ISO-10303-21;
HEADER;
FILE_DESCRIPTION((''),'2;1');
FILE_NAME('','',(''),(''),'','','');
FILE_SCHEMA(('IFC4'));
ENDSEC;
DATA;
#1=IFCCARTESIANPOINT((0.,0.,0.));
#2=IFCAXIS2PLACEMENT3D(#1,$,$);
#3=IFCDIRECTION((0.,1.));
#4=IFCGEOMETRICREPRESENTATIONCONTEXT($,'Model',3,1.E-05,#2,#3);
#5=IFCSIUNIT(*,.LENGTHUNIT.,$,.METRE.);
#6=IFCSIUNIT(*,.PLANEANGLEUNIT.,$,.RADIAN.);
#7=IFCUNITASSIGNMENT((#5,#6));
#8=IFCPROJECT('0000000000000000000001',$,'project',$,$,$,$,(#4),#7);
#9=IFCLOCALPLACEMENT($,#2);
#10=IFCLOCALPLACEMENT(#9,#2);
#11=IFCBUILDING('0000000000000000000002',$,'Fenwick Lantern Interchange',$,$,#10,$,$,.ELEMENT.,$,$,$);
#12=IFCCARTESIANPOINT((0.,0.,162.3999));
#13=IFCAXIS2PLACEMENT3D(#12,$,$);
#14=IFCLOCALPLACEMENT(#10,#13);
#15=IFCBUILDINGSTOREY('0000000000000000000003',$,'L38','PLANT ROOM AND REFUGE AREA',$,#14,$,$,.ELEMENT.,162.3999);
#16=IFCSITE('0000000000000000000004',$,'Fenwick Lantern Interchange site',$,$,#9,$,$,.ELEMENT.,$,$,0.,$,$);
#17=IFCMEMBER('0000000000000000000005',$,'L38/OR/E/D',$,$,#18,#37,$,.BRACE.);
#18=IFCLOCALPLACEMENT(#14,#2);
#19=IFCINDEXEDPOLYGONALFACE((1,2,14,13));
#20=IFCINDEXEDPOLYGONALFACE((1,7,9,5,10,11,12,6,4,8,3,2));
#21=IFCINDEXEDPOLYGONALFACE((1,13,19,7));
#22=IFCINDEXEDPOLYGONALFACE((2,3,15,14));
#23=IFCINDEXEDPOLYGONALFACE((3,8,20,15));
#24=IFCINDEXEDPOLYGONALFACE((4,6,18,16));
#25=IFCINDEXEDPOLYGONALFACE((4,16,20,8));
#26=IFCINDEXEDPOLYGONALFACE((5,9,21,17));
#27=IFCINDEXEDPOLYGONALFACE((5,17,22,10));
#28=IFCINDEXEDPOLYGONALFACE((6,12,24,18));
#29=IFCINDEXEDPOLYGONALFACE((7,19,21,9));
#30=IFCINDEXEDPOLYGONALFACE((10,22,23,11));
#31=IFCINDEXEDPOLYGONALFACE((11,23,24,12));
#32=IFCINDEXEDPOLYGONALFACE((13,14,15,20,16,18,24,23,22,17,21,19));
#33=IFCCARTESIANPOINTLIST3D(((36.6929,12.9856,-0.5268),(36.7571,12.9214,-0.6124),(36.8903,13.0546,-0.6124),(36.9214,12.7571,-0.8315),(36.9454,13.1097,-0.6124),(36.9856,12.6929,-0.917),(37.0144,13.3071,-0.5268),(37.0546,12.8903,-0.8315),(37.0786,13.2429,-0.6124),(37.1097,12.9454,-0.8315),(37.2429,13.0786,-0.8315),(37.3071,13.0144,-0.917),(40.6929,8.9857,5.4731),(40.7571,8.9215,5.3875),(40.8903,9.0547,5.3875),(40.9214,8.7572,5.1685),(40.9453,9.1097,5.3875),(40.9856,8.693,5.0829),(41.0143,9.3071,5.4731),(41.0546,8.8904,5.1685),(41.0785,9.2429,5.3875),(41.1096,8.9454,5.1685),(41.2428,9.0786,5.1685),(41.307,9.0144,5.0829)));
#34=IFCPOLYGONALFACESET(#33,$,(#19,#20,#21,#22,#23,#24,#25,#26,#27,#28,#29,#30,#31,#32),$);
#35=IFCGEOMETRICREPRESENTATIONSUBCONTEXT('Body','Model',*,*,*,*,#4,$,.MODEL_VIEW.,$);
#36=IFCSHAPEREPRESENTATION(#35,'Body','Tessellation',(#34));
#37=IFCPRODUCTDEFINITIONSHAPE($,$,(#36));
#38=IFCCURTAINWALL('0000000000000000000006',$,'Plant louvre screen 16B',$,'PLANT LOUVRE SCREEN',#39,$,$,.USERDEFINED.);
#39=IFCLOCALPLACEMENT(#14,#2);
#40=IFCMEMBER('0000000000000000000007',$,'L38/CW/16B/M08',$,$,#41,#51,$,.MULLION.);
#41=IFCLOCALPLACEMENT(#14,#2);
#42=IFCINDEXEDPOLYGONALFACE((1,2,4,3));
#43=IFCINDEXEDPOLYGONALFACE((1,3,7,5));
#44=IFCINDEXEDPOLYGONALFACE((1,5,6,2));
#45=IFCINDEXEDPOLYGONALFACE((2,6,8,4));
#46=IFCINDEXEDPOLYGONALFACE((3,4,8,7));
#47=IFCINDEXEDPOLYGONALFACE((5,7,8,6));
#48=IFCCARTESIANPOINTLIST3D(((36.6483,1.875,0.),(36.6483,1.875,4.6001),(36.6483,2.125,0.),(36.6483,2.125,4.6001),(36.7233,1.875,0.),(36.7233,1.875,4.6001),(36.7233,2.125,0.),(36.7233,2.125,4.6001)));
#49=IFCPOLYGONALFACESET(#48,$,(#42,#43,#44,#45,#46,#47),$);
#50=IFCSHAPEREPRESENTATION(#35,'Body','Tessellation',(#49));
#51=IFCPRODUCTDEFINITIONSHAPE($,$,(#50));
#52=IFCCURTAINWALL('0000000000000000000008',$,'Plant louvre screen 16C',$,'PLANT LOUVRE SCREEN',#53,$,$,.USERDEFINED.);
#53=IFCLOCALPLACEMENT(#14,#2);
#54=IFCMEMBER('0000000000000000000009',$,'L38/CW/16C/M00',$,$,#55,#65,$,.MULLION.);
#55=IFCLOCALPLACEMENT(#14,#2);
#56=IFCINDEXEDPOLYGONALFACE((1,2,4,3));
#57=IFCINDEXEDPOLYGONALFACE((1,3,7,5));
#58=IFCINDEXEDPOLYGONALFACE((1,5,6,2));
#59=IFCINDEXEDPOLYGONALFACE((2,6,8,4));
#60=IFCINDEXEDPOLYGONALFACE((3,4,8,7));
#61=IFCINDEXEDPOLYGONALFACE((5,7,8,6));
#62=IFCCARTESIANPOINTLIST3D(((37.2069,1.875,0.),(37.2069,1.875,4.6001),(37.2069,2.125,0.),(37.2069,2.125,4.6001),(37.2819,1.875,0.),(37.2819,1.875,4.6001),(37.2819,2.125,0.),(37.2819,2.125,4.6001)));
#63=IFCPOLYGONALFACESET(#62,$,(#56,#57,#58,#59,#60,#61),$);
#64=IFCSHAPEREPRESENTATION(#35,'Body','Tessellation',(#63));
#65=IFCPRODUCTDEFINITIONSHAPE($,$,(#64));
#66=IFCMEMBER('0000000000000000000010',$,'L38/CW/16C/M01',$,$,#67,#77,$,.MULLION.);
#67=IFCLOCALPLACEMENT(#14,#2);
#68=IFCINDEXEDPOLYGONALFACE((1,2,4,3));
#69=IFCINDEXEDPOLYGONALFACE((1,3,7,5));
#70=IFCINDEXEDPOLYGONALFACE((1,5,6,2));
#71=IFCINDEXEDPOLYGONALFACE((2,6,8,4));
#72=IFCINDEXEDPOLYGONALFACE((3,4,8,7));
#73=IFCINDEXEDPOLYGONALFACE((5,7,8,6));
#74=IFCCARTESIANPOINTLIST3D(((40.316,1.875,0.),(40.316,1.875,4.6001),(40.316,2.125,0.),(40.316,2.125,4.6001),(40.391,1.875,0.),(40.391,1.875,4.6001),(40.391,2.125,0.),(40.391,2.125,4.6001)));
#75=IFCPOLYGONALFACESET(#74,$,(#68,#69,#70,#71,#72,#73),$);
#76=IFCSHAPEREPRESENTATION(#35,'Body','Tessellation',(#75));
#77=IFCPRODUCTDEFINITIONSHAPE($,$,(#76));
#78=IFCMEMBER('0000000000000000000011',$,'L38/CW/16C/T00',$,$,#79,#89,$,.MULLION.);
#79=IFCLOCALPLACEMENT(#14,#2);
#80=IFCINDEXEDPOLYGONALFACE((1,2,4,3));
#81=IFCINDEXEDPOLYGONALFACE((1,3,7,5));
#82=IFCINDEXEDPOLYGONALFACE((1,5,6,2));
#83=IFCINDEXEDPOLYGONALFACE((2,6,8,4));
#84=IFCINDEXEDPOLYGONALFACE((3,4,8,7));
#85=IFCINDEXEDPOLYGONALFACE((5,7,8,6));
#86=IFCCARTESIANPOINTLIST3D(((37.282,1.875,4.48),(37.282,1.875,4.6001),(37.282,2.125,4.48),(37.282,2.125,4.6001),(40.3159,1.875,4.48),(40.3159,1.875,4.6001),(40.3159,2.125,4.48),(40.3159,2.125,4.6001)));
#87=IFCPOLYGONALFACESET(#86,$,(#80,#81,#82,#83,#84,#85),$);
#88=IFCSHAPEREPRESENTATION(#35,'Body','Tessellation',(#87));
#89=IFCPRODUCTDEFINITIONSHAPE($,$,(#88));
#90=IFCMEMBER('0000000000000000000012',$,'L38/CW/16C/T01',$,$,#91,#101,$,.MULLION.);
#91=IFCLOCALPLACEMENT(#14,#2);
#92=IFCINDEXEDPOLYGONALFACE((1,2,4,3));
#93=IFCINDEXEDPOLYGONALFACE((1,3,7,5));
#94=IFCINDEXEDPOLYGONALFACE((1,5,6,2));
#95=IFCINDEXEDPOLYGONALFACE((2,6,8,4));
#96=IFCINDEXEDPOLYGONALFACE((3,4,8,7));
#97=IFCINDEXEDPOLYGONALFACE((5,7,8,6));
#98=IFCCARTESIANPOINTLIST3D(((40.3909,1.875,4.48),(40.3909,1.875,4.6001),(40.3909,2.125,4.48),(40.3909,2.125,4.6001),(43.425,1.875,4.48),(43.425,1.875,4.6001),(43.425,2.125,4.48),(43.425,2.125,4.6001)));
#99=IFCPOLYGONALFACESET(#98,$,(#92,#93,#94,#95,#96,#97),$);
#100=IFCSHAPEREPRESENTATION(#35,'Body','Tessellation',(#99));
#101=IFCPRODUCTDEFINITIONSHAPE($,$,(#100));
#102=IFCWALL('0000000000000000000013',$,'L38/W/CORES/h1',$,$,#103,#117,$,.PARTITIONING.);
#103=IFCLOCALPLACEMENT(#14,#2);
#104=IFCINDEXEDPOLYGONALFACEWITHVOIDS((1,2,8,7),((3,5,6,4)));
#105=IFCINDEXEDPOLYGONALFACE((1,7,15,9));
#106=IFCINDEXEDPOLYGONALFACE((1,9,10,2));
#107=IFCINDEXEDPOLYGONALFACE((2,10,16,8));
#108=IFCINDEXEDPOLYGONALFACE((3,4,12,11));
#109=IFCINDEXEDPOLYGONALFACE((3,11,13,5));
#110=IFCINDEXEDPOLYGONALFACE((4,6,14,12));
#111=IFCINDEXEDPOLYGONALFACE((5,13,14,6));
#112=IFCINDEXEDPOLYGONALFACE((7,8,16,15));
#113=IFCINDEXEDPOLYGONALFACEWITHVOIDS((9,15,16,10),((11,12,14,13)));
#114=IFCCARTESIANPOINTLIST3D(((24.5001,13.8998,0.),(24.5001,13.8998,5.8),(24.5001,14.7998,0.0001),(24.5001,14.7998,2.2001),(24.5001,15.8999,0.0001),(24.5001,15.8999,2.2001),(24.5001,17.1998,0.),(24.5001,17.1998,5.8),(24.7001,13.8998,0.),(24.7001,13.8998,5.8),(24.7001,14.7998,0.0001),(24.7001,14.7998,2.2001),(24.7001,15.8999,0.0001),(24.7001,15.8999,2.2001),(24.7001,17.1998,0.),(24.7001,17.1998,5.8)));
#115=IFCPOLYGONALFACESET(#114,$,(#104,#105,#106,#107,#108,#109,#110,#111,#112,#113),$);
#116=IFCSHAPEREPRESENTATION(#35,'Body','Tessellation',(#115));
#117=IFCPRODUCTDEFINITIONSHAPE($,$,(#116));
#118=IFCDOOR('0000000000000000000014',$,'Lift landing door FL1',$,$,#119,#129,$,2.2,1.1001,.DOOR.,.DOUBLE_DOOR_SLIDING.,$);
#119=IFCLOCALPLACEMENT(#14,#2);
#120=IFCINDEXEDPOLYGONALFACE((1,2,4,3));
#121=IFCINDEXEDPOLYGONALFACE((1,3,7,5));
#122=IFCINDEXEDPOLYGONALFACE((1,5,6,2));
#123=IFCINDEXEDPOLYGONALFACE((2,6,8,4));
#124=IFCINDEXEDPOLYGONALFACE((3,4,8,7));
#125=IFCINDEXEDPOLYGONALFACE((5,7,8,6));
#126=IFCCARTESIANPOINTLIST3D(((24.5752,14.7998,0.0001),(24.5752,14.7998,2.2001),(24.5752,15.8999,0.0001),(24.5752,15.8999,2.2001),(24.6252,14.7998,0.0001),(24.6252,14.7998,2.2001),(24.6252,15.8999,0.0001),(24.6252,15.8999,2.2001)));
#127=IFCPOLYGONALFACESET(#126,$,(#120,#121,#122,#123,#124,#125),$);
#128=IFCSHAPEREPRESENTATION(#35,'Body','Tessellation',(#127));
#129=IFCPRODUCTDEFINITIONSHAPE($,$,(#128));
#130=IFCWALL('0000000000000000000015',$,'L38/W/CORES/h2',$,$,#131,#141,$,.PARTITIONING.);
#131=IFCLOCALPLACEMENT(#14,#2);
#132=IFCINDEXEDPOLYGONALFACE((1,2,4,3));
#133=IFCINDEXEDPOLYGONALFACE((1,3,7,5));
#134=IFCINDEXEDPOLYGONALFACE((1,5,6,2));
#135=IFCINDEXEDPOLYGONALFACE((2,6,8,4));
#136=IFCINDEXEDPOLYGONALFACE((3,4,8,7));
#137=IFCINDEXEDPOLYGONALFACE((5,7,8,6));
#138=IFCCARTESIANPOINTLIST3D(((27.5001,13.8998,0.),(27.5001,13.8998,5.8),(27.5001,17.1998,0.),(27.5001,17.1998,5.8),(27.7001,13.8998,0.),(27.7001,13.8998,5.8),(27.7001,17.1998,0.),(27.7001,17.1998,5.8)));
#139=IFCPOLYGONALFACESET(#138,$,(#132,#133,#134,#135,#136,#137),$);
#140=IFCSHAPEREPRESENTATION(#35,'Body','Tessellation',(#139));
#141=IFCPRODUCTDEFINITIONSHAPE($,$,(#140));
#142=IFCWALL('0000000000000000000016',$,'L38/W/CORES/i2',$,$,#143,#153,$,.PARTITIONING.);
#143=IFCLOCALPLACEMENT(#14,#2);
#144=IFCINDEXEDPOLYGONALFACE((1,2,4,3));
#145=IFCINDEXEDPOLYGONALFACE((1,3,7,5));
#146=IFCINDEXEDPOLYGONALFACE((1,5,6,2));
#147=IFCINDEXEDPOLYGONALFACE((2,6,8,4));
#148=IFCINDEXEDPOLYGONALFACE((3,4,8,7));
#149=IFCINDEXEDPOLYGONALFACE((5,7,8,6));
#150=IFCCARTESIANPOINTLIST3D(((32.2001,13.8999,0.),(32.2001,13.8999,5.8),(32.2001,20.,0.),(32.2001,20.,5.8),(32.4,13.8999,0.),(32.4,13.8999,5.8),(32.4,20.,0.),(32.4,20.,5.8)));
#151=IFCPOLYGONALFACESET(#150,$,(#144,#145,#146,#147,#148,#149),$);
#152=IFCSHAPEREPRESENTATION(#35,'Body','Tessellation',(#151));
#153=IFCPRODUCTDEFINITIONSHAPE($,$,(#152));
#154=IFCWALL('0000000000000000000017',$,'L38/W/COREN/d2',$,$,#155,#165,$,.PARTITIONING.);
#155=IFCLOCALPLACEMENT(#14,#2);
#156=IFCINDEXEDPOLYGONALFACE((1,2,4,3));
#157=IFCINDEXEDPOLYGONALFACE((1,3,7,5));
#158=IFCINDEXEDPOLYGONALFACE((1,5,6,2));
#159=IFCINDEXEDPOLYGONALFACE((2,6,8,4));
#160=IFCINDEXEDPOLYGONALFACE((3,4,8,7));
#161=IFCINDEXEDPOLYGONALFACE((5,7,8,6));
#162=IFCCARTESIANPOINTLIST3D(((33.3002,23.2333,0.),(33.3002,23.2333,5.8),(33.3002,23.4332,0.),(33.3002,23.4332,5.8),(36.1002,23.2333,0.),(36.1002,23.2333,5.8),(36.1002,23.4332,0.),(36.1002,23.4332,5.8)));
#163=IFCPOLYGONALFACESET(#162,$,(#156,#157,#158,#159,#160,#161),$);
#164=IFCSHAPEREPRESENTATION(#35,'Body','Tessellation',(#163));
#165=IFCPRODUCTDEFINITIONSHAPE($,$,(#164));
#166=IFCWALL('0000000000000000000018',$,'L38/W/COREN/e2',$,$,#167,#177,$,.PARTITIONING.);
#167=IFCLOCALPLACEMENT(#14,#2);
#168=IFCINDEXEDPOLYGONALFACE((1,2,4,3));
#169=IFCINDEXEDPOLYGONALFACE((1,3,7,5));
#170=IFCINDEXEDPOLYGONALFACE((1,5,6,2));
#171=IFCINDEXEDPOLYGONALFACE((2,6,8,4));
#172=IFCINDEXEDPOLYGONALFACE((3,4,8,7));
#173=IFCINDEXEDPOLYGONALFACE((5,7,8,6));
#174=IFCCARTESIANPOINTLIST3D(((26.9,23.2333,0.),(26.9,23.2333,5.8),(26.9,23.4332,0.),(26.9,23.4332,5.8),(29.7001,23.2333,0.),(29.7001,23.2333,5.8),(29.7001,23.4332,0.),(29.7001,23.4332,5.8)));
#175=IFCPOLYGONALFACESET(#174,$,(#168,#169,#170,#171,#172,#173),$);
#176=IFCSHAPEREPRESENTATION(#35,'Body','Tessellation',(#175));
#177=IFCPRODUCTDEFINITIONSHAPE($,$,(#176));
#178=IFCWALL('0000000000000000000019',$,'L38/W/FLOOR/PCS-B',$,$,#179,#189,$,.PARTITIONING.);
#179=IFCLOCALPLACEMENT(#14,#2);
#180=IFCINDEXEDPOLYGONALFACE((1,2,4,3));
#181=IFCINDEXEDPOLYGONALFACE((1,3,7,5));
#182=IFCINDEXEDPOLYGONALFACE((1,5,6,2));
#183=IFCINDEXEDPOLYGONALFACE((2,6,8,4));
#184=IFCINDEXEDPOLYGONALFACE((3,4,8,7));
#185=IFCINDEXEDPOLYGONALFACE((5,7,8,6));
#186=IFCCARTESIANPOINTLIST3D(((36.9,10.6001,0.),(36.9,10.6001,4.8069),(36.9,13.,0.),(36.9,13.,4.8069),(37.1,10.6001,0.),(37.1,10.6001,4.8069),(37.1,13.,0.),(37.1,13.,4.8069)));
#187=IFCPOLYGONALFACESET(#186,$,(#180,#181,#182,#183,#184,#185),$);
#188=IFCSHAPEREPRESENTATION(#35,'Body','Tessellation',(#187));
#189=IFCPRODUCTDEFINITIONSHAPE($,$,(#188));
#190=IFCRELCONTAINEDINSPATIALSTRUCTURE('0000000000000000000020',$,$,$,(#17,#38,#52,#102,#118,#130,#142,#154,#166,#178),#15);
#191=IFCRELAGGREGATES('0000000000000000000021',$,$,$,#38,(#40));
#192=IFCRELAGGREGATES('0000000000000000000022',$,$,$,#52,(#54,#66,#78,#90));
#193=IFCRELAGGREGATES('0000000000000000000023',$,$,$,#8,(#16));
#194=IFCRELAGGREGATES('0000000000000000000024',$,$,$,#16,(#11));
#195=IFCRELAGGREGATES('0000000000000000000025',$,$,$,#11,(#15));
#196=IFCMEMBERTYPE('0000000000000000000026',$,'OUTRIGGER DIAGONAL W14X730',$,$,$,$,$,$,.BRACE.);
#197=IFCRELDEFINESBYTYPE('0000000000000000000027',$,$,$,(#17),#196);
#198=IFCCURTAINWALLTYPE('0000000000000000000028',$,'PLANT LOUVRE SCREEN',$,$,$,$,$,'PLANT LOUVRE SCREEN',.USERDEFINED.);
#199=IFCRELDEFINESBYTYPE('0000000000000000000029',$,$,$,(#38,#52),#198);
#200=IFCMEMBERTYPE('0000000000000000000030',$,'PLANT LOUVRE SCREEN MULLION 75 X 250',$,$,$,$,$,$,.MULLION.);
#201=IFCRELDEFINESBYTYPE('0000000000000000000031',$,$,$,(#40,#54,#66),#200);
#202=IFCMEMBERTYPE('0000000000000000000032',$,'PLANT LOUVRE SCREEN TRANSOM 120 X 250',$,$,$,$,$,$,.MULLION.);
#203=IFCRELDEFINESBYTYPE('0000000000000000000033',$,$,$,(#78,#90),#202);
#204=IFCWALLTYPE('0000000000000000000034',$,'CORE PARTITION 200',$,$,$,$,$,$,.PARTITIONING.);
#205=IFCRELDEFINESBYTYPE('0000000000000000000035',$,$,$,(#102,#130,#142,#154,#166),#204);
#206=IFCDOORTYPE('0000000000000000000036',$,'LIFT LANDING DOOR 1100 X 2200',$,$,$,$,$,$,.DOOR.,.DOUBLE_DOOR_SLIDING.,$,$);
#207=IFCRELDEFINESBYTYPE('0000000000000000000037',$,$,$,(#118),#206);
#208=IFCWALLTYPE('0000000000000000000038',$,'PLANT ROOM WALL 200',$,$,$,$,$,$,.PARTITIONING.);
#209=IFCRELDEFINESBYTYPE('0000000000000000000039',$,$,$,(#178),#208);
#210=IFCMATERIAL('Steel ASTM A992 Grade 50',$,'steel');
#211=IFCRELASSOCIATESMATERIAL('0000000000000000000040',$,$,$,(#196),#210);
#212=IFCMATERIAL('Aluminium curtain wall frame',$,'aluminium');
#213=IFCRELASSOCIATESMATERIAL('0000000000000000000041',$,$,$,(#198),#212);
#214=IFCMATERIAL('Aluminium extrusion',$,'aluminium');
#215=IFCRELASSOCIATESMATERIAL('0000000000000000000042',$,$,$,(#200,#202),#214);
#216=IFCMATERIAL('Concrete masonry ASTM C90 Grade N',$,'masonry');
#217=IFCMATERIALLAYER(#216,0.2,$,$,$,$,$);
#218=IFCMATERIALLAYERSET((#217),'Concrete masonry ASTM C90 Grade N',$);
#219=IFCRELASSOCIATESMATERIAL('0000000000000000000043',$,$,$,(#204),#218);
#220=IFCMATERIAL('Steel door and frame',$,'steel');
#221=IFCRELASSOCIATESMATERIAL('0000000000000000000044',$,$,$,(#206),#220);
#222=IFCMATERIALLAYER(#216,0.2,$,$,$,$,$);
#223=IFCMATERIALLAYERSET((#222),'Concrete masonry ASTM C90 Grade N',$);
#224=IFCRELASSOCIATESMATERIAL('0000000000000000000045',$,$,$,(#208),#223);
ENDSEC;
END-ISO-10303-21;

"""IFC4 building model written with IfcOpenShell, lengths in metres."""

from ifc_helpers import new_model, si_unit, direction, frame, frame_2d, origin, origin_2d, place, context, subcontext, project, spatial, rectangle, i_section, extrude, material, layer, layer_set, material_profile, profile_set, type_object, element, fill, aggregate, save


model = new_model("IFC4")

# Units and contexts
model_context = context("Model", 3, precision=1e-05, world=origin(), true_north=direction((0.0, 1.0)))
body_context = subcontext(model_context, "Body", "Model", "MODEL_VIEW")
ifc_project = project(units=[si_unit("LENGTHUNIT", "METRE"), si_unit("PLANEANGLEUNIT", "RADIAN")], contexts=[model_context])

# Site, building, storey
site_placement = place(None, origin())
site = spatial("IfcSite", under=ifc_project, at=site_placement, Name="Fenwick Lantern Interchange site", CompositionType="ELEMENT", RefElevation=0.0)
building_placement = place(site_placement, origin())
building = spatial("IfcBuilding", under=site, at=building_placement, Name="Fenwick Lantern Interchange", CompositionType="ELEMENT")
storey_placement = place(building_placement, frame((0.0, 0.0, 162.3999)))
storey = spatial("IfcBuildingStorey", under=building, at=storey_placement, Name="L38", Description="PLANT ROOM AND REFUGE AREA", CompositionType="ELEMENT", Elevation=162.3999)

# Shared definitions
ifc_material_1 = material(Name="Steel ASTM A992 Grade 50", Category="steel")

# Member
ifc_material_profile_1 = material_profile(ifc_material_1, i_section(OverallWidth=0.4546, OverallDepth=0.5688, WebThickness=0.0779, FlangeThickness=0.1248, at=origin_2d()), Name="W14X730")
ifc_profile_set_1 = profile_set([ifc_material_profile_1], Name="Steel ASTM A992 Grade 50")
member_type_1 = type_object("IfcMemberType", Name="OUTRIGGER DIAGONAL W14X730", PredefinedType="BRACE", material=ifc_profile_set_1)
member_1_placement = place(storey_placement, frame((37.0, 13.0, -0.7219), z_axis=(0.485071, -0.485071, 0.727607), x_axis=(0.707107, 0.707107, 0.0)))
element("IfcMember", 1, at=member_1_placement, inside=storey, type_object=member_type_1, Name="L38/OR/E/D", PredefinedType="BRACE", context=body_context, shape_type="SweptSolid", body=[
    extrude(i_section(OverallWidth=0.4546, OverallDepth=0.5688, WebThickness=0.0779, FlangeThickness=0.1248, at=origin_2d()), origin(), (0.0, 0.0, 1.0), 8.2461),
])

# Curtain wall, member
ifc_material_2 = material(Name="Aluminium curtain wall frame", Category="aluminium")
curtain_wall_type = type_object("IfcCurtainWallType", Name="PLANT LOUVRE SCREEN", ElementType="PLANT LOUVRE SCREEN", PredefinedType="USERDEFINED", material=ifc_material_2)
curtain_wall_1_placement = place(storey_placement, origin())
curtain_wall_1 = element("IfcCurtainWall", 2, at=curtain_wall_1_placement, inside=storey, type_object=curtain_wall_type, Name="Plant louvre screen 16B", ObjectType="PLANT LOUVRE SCREEN", PredefinedType="USERDEFINED")
ifc_material_3 = material(Name="Aluminium extrusion", Category="aluminium")
ifc_material_profile_2 = material_profile(ifc_material_3, rectangle(XDim=0.25, YDim=0.075, at=origin_2d()), Name="PLANT LOUVRE SCREEN MULLION 75 X 250")
ifc_profile_set_2 = profile_set([ifc_material_profile_2], Name="Aluminium extrusion")
member_type_2 = type_object("IfcMemberType", Name="PLANT LOUVRE SCREEN MULLION 75 X 250", PredefinedType="MULLION", material=ifc_profile_set_2)
member_2_placement = place(storey_placement, frame((36.6858, 2.0, 0.0), z_axis=(0.0, 0.0, 1.0), x_axis=(0.0, 1.0, 0.0)))
member_2 = element("IfcMember", 3, at=member_2_placement, type_object=member_type_2, Name="L38/CW/16B/M08", PredefinedType="MULLION", context=body_context, shape_type="SweptSolid", body=[
    extrude(rectangle(XDim=0.25, YDim=0.075, at=origin_2d()), origin(), (0.0, 0.0, 1.0), 4.6001),
])
aggregate(curtain_wall_1, [member_2])

# Curtain wall, members
curtain_wall_2_placement = place(storey_placement, origin())
curtain_wall_2 = element("IfcCurtainWall", 4, at=curtain_wall_2_placement, inside=storey, type_object=curtain_wall_type, Name="Plant louvre screen 16C", ObjectType="PLANT LOUVRE SCREEN", PredefinedType="USERDEFINED")
member_3_placement = place(storey_placement, frame((37.2444, 2.0, 0.0), z_axis=(0.0, 0.0, 1.0), x_axis=(0.0, 1.0, 0.0)))
member_3 = element("IfcMember", 5, at=member_3_placement, type_object=member_type_2, Name="L38/CW/16C/M00", PredefinedType="MULLION", context=body_context, shape_type="SweptSolid", body=[
    extrude(rectangle(XDim=0.25, YDim=0.075, at=origin_2d()), origin(), (0.0, 0.0, 1.0), 4.6001),
])
member_4_placement = place(storey_placement, frame((40.3535, 2.0, 0.0), z_axis=(0.0, 0.0, 1.0), x_axis=(0.0, 1.0, 0.0)))
member_4 = element("IfcMember", 6, at=member_4_placement, type_object=member_type_2, Name="L38/CW/16C/M01", PredefinedType="MULLION", context=body_context, shape_type="SweptSolid", body=[
    extrude(rectangle(XDim=0.25, YDim=0.075, at=origin_2d()), origin(), (0.0, 0.0, 1.0), 4.6001),
])
ifc_material_profile_3 = material_profile(ifc_material_3, rectangle(XDim=0.25, YDim=0.1201, at=origin_2d()), Name="PLANT LOUVRE SCREEN TRANSOM 120 X 250")
ifc_profile_set_3 = profile_set([ifc_material_profile_3], Name="Aluminium extrusion")
member_type_3 = type_object("IfcMemberType", Name="PLANT LOUVRE SCREEN TRANSOM 120 X 250", PredefinedType="MULLION", material=ifc_profile_set_3)
member_5_placement = place(storey_placement, frame((37.282, 2.0, 4.54), z_axis=(1.0, 0.0, 0.0), x_axis=(0.0, 1.0, 0.0)))
member_5 = element("IfcMember", 7, at=member_5_placement, type_object=member_type_3, Name="L38/CW/16C/T00", PredefinedType="MULLION", context=body_context, shape_type="SweptSolid", body=[
    extrude(rectangle(XDim=0.25, YDim=0.1201, at=origin_2d()), origin(), (0.0, 0.0, 1.0), 3.0339),
])
member_6_placement = place(storey_placement, frame((40.3909, 2.0, 4.54), z_axis=(1.0, 0.0, 0.0), x_axis=(0.0, 1.0, 0.0)))
member_6 = element("IfcMember", 8, at=member_6_placement, type_object=member_type_3, Name="L38/CW/16C/T01", PredefinedType="MULLION", context=body_context, shape_type="SweptSolid", body=[
    extrude(rectangle(XDim=0.25, YDim=0.1201, at=origin_2d()), origin(), (0.0, 0.0, 1.0), 3.0342),
])

# Wall, opening, door
ifc_material_4 = material(Name="Concrete masonry ASTM C90 Grade N", Category="masonry")
ifc_layer_1 = layer(ifc_material_4, 0.2)
ifc_layer_set_1 = layer_set([ifc_layer_1], Name="Concrete masonry ASTM C90 Grade N")
wall_type_1 = type_object("IfcWallType", Name="CORE PARTITION 200", PredefinedType="PARTITIONING", material=ifc_layer_set_1)
wall_1_placement = place(storey_placement, frame((24.6001, 13.8999, 0.0), z_axis=(0.0, 0.0, 1.0), x_axis=(0.0, 1.0, 0.0)))
wall_1 = element("IfcWall", 9, at=wall_1_placement, inside=storey, type_object=wall_type_1, Name="L38/W/CORES/h1", PredefinedType="PARTITIONING", context=body_context, shape_type="SweptSolid", body=[
    extrude(rectangle(XDim=3.3, YDim=0.2, at=frame_2d((1.6499, 0.0))), origin(), (0.0, 0.0, 1.0), 5.8),
])
opening_1_placement = place(wall_1_placement, frame((0.8999, 0.0, 0.0)))
opening_1 = element("IfcOpeningElement", 10, at=opening_1_placement, cuts=wall_1, PredefinedType="OPENING", context=body_context, shape_type="SweptSolid", body=[
    extrude(rectangle(XDim=1.1001, YDim=2.2, at=frame_2d((0.55, 1.1001))), frame((0.0, 0.1099, 0.0), z_axis=(0.0, -1.0, 0.0), x_axis=(1.0, 0.0, 0.0)), (0.0, 0.0, 1.0), 0.22),
])
ifc_material_5 = material(Name="Steel door and frame", Category="steel")
door_type_1 = type_object("IfcDoorType", Name="LIFT LANDING DOOR 1100 X 2200", OperationType="DOUBLE_DOOR_SLIDING", PredefinedType="DOOR", material=ifc_material_5)
door_1_placement = place(opening_1_placement, origin())
door_1 = element("IfcDoor", 11, at=door_1_placement, inside=storey, type_object=door_type_1, Name="Lift landing door FL1", OperationType="DOUBLE_DOOR_SLIDING", OverallHeight=2.2, OverallWidth=1.1001, PredefinedType="DOOR", context=body_context, shape_type="SweptSolid", body=[
    extrude(rectangle(XDim=1.1001, YDim=2.2, at=frame_2d((0.55, 1.1001))), frame((0.0, 0.0249, 0.0), z_axis=(0.0, -1.0, 0.0), x_axis=(1.0, 0.0, 0.0)), (0.0, 0.0, 1.0), 0.05),
])
fill(opening_1, door_1)

# Walls
wall_2_placement = place(storey_placement, frame((27.6001, 13.8999, 0.0), z_axis=(0.0, 0.0, 1.0), x_axis=(0.0, 1.0, 0.0)))
element("IfcWall", 12, at=wall_2_placement, inside=storey, type_object=wall_type_1, Name="L38/W/CORES/h2", PredefinedType="PARTITIONING", context=body_context, shape_type="SweptSolid", body=[
    extrude(rectangle(XDim=3.3, YDim=0.2, at=frame_2d((1.6499, 0.0))), origin(), (0.0, 0.0, 1.0), 5.8),
])
wall_3_placement = place(storey_placement, frame((32.3, 13.8999, 0.0), z_axis=(0.0, 0.0, 1.0), x_axis=(0.0, 1.0, 0.0)))
element("IfcWall", 13, at=wall_3_placement, inside=storey, type_object=wall_type_1, Name="L38/W/CORES/i2", PredefinedType="PARTITIONING", context=body_context, shape_type="SweptSolid", body=[
    extrude(rectangle(XDim=6.1001, YDim=0.2, at=frame_2d((3.05, 0.0))), origin(), (0.0, 0.0, 1.0), 5.8),
])
for number, where, z_axis, x_axis, name in (
    (14, (36.1001, 23.3333, 0.0), (0.0, 0.0, 1.0), (-1.0, 0.0, 0.0), "L38/W/COREN/d2"),
    (15, (29.7, 23.3333, 0.0), (0.0, 0.0, 1.0), (-1.0, 0.0, 0.0), "L38/W/COREN/e2"),
):
    element("IfcWall", number, at=place(storey_placement, frame(where, z_axis=z_axis, x_axis=x_axis)), inside=storey, type_object=wall_type_1, Name=name, PredefinedType="PARTITIONING", context=body_context, shape_type="SweptSolid", body=[
        extrude(rectangle(XDim=2.8, YDim=0.2, at=frame_2d((1.3999, 0.0))), origin(), (0.0, 0.0, 1.0), 5.8),
    ])

# Wall
ifc_layer_2 = layer(ifc_material_4, 0.2)
ifc_layer_set_2 = layer_set([ifc_layer_2], Name="Concrete masonry ASTM C90 Grade N")
wall_type_2 = type_object("IfcWallType", Name="PLANT ROOM WALL 200", PredefinedType="PARTITIONING", material=ifc_layer_set_2)
wall_4_placement = place(storey_placement, frame((37.0, 10.6001, 0.0), z_axis=(0.0, 0.0, 1.0), x_axis=(0.0, 1.0, 0.0)))
element("IfcWall", 16, at=wall_4_placement, inside=storey, type_object=wall_type_2, Name="L38/W/FLOOR/PCS-B", PredefinedType="PARTITIONING", context=body_context, shape_type="SweptSolid", body=[
    extrude(rectangle(XDim=2.3999, YDim=0.2, at=frame_2d((1.2, 0.0))), origin(), (0.0, 0.0, 1.0), 4.8069),
])

aggregate(curtain_wall_2, [member_3, member_4, member_5, member_6])

save(model, "model.ifc")
